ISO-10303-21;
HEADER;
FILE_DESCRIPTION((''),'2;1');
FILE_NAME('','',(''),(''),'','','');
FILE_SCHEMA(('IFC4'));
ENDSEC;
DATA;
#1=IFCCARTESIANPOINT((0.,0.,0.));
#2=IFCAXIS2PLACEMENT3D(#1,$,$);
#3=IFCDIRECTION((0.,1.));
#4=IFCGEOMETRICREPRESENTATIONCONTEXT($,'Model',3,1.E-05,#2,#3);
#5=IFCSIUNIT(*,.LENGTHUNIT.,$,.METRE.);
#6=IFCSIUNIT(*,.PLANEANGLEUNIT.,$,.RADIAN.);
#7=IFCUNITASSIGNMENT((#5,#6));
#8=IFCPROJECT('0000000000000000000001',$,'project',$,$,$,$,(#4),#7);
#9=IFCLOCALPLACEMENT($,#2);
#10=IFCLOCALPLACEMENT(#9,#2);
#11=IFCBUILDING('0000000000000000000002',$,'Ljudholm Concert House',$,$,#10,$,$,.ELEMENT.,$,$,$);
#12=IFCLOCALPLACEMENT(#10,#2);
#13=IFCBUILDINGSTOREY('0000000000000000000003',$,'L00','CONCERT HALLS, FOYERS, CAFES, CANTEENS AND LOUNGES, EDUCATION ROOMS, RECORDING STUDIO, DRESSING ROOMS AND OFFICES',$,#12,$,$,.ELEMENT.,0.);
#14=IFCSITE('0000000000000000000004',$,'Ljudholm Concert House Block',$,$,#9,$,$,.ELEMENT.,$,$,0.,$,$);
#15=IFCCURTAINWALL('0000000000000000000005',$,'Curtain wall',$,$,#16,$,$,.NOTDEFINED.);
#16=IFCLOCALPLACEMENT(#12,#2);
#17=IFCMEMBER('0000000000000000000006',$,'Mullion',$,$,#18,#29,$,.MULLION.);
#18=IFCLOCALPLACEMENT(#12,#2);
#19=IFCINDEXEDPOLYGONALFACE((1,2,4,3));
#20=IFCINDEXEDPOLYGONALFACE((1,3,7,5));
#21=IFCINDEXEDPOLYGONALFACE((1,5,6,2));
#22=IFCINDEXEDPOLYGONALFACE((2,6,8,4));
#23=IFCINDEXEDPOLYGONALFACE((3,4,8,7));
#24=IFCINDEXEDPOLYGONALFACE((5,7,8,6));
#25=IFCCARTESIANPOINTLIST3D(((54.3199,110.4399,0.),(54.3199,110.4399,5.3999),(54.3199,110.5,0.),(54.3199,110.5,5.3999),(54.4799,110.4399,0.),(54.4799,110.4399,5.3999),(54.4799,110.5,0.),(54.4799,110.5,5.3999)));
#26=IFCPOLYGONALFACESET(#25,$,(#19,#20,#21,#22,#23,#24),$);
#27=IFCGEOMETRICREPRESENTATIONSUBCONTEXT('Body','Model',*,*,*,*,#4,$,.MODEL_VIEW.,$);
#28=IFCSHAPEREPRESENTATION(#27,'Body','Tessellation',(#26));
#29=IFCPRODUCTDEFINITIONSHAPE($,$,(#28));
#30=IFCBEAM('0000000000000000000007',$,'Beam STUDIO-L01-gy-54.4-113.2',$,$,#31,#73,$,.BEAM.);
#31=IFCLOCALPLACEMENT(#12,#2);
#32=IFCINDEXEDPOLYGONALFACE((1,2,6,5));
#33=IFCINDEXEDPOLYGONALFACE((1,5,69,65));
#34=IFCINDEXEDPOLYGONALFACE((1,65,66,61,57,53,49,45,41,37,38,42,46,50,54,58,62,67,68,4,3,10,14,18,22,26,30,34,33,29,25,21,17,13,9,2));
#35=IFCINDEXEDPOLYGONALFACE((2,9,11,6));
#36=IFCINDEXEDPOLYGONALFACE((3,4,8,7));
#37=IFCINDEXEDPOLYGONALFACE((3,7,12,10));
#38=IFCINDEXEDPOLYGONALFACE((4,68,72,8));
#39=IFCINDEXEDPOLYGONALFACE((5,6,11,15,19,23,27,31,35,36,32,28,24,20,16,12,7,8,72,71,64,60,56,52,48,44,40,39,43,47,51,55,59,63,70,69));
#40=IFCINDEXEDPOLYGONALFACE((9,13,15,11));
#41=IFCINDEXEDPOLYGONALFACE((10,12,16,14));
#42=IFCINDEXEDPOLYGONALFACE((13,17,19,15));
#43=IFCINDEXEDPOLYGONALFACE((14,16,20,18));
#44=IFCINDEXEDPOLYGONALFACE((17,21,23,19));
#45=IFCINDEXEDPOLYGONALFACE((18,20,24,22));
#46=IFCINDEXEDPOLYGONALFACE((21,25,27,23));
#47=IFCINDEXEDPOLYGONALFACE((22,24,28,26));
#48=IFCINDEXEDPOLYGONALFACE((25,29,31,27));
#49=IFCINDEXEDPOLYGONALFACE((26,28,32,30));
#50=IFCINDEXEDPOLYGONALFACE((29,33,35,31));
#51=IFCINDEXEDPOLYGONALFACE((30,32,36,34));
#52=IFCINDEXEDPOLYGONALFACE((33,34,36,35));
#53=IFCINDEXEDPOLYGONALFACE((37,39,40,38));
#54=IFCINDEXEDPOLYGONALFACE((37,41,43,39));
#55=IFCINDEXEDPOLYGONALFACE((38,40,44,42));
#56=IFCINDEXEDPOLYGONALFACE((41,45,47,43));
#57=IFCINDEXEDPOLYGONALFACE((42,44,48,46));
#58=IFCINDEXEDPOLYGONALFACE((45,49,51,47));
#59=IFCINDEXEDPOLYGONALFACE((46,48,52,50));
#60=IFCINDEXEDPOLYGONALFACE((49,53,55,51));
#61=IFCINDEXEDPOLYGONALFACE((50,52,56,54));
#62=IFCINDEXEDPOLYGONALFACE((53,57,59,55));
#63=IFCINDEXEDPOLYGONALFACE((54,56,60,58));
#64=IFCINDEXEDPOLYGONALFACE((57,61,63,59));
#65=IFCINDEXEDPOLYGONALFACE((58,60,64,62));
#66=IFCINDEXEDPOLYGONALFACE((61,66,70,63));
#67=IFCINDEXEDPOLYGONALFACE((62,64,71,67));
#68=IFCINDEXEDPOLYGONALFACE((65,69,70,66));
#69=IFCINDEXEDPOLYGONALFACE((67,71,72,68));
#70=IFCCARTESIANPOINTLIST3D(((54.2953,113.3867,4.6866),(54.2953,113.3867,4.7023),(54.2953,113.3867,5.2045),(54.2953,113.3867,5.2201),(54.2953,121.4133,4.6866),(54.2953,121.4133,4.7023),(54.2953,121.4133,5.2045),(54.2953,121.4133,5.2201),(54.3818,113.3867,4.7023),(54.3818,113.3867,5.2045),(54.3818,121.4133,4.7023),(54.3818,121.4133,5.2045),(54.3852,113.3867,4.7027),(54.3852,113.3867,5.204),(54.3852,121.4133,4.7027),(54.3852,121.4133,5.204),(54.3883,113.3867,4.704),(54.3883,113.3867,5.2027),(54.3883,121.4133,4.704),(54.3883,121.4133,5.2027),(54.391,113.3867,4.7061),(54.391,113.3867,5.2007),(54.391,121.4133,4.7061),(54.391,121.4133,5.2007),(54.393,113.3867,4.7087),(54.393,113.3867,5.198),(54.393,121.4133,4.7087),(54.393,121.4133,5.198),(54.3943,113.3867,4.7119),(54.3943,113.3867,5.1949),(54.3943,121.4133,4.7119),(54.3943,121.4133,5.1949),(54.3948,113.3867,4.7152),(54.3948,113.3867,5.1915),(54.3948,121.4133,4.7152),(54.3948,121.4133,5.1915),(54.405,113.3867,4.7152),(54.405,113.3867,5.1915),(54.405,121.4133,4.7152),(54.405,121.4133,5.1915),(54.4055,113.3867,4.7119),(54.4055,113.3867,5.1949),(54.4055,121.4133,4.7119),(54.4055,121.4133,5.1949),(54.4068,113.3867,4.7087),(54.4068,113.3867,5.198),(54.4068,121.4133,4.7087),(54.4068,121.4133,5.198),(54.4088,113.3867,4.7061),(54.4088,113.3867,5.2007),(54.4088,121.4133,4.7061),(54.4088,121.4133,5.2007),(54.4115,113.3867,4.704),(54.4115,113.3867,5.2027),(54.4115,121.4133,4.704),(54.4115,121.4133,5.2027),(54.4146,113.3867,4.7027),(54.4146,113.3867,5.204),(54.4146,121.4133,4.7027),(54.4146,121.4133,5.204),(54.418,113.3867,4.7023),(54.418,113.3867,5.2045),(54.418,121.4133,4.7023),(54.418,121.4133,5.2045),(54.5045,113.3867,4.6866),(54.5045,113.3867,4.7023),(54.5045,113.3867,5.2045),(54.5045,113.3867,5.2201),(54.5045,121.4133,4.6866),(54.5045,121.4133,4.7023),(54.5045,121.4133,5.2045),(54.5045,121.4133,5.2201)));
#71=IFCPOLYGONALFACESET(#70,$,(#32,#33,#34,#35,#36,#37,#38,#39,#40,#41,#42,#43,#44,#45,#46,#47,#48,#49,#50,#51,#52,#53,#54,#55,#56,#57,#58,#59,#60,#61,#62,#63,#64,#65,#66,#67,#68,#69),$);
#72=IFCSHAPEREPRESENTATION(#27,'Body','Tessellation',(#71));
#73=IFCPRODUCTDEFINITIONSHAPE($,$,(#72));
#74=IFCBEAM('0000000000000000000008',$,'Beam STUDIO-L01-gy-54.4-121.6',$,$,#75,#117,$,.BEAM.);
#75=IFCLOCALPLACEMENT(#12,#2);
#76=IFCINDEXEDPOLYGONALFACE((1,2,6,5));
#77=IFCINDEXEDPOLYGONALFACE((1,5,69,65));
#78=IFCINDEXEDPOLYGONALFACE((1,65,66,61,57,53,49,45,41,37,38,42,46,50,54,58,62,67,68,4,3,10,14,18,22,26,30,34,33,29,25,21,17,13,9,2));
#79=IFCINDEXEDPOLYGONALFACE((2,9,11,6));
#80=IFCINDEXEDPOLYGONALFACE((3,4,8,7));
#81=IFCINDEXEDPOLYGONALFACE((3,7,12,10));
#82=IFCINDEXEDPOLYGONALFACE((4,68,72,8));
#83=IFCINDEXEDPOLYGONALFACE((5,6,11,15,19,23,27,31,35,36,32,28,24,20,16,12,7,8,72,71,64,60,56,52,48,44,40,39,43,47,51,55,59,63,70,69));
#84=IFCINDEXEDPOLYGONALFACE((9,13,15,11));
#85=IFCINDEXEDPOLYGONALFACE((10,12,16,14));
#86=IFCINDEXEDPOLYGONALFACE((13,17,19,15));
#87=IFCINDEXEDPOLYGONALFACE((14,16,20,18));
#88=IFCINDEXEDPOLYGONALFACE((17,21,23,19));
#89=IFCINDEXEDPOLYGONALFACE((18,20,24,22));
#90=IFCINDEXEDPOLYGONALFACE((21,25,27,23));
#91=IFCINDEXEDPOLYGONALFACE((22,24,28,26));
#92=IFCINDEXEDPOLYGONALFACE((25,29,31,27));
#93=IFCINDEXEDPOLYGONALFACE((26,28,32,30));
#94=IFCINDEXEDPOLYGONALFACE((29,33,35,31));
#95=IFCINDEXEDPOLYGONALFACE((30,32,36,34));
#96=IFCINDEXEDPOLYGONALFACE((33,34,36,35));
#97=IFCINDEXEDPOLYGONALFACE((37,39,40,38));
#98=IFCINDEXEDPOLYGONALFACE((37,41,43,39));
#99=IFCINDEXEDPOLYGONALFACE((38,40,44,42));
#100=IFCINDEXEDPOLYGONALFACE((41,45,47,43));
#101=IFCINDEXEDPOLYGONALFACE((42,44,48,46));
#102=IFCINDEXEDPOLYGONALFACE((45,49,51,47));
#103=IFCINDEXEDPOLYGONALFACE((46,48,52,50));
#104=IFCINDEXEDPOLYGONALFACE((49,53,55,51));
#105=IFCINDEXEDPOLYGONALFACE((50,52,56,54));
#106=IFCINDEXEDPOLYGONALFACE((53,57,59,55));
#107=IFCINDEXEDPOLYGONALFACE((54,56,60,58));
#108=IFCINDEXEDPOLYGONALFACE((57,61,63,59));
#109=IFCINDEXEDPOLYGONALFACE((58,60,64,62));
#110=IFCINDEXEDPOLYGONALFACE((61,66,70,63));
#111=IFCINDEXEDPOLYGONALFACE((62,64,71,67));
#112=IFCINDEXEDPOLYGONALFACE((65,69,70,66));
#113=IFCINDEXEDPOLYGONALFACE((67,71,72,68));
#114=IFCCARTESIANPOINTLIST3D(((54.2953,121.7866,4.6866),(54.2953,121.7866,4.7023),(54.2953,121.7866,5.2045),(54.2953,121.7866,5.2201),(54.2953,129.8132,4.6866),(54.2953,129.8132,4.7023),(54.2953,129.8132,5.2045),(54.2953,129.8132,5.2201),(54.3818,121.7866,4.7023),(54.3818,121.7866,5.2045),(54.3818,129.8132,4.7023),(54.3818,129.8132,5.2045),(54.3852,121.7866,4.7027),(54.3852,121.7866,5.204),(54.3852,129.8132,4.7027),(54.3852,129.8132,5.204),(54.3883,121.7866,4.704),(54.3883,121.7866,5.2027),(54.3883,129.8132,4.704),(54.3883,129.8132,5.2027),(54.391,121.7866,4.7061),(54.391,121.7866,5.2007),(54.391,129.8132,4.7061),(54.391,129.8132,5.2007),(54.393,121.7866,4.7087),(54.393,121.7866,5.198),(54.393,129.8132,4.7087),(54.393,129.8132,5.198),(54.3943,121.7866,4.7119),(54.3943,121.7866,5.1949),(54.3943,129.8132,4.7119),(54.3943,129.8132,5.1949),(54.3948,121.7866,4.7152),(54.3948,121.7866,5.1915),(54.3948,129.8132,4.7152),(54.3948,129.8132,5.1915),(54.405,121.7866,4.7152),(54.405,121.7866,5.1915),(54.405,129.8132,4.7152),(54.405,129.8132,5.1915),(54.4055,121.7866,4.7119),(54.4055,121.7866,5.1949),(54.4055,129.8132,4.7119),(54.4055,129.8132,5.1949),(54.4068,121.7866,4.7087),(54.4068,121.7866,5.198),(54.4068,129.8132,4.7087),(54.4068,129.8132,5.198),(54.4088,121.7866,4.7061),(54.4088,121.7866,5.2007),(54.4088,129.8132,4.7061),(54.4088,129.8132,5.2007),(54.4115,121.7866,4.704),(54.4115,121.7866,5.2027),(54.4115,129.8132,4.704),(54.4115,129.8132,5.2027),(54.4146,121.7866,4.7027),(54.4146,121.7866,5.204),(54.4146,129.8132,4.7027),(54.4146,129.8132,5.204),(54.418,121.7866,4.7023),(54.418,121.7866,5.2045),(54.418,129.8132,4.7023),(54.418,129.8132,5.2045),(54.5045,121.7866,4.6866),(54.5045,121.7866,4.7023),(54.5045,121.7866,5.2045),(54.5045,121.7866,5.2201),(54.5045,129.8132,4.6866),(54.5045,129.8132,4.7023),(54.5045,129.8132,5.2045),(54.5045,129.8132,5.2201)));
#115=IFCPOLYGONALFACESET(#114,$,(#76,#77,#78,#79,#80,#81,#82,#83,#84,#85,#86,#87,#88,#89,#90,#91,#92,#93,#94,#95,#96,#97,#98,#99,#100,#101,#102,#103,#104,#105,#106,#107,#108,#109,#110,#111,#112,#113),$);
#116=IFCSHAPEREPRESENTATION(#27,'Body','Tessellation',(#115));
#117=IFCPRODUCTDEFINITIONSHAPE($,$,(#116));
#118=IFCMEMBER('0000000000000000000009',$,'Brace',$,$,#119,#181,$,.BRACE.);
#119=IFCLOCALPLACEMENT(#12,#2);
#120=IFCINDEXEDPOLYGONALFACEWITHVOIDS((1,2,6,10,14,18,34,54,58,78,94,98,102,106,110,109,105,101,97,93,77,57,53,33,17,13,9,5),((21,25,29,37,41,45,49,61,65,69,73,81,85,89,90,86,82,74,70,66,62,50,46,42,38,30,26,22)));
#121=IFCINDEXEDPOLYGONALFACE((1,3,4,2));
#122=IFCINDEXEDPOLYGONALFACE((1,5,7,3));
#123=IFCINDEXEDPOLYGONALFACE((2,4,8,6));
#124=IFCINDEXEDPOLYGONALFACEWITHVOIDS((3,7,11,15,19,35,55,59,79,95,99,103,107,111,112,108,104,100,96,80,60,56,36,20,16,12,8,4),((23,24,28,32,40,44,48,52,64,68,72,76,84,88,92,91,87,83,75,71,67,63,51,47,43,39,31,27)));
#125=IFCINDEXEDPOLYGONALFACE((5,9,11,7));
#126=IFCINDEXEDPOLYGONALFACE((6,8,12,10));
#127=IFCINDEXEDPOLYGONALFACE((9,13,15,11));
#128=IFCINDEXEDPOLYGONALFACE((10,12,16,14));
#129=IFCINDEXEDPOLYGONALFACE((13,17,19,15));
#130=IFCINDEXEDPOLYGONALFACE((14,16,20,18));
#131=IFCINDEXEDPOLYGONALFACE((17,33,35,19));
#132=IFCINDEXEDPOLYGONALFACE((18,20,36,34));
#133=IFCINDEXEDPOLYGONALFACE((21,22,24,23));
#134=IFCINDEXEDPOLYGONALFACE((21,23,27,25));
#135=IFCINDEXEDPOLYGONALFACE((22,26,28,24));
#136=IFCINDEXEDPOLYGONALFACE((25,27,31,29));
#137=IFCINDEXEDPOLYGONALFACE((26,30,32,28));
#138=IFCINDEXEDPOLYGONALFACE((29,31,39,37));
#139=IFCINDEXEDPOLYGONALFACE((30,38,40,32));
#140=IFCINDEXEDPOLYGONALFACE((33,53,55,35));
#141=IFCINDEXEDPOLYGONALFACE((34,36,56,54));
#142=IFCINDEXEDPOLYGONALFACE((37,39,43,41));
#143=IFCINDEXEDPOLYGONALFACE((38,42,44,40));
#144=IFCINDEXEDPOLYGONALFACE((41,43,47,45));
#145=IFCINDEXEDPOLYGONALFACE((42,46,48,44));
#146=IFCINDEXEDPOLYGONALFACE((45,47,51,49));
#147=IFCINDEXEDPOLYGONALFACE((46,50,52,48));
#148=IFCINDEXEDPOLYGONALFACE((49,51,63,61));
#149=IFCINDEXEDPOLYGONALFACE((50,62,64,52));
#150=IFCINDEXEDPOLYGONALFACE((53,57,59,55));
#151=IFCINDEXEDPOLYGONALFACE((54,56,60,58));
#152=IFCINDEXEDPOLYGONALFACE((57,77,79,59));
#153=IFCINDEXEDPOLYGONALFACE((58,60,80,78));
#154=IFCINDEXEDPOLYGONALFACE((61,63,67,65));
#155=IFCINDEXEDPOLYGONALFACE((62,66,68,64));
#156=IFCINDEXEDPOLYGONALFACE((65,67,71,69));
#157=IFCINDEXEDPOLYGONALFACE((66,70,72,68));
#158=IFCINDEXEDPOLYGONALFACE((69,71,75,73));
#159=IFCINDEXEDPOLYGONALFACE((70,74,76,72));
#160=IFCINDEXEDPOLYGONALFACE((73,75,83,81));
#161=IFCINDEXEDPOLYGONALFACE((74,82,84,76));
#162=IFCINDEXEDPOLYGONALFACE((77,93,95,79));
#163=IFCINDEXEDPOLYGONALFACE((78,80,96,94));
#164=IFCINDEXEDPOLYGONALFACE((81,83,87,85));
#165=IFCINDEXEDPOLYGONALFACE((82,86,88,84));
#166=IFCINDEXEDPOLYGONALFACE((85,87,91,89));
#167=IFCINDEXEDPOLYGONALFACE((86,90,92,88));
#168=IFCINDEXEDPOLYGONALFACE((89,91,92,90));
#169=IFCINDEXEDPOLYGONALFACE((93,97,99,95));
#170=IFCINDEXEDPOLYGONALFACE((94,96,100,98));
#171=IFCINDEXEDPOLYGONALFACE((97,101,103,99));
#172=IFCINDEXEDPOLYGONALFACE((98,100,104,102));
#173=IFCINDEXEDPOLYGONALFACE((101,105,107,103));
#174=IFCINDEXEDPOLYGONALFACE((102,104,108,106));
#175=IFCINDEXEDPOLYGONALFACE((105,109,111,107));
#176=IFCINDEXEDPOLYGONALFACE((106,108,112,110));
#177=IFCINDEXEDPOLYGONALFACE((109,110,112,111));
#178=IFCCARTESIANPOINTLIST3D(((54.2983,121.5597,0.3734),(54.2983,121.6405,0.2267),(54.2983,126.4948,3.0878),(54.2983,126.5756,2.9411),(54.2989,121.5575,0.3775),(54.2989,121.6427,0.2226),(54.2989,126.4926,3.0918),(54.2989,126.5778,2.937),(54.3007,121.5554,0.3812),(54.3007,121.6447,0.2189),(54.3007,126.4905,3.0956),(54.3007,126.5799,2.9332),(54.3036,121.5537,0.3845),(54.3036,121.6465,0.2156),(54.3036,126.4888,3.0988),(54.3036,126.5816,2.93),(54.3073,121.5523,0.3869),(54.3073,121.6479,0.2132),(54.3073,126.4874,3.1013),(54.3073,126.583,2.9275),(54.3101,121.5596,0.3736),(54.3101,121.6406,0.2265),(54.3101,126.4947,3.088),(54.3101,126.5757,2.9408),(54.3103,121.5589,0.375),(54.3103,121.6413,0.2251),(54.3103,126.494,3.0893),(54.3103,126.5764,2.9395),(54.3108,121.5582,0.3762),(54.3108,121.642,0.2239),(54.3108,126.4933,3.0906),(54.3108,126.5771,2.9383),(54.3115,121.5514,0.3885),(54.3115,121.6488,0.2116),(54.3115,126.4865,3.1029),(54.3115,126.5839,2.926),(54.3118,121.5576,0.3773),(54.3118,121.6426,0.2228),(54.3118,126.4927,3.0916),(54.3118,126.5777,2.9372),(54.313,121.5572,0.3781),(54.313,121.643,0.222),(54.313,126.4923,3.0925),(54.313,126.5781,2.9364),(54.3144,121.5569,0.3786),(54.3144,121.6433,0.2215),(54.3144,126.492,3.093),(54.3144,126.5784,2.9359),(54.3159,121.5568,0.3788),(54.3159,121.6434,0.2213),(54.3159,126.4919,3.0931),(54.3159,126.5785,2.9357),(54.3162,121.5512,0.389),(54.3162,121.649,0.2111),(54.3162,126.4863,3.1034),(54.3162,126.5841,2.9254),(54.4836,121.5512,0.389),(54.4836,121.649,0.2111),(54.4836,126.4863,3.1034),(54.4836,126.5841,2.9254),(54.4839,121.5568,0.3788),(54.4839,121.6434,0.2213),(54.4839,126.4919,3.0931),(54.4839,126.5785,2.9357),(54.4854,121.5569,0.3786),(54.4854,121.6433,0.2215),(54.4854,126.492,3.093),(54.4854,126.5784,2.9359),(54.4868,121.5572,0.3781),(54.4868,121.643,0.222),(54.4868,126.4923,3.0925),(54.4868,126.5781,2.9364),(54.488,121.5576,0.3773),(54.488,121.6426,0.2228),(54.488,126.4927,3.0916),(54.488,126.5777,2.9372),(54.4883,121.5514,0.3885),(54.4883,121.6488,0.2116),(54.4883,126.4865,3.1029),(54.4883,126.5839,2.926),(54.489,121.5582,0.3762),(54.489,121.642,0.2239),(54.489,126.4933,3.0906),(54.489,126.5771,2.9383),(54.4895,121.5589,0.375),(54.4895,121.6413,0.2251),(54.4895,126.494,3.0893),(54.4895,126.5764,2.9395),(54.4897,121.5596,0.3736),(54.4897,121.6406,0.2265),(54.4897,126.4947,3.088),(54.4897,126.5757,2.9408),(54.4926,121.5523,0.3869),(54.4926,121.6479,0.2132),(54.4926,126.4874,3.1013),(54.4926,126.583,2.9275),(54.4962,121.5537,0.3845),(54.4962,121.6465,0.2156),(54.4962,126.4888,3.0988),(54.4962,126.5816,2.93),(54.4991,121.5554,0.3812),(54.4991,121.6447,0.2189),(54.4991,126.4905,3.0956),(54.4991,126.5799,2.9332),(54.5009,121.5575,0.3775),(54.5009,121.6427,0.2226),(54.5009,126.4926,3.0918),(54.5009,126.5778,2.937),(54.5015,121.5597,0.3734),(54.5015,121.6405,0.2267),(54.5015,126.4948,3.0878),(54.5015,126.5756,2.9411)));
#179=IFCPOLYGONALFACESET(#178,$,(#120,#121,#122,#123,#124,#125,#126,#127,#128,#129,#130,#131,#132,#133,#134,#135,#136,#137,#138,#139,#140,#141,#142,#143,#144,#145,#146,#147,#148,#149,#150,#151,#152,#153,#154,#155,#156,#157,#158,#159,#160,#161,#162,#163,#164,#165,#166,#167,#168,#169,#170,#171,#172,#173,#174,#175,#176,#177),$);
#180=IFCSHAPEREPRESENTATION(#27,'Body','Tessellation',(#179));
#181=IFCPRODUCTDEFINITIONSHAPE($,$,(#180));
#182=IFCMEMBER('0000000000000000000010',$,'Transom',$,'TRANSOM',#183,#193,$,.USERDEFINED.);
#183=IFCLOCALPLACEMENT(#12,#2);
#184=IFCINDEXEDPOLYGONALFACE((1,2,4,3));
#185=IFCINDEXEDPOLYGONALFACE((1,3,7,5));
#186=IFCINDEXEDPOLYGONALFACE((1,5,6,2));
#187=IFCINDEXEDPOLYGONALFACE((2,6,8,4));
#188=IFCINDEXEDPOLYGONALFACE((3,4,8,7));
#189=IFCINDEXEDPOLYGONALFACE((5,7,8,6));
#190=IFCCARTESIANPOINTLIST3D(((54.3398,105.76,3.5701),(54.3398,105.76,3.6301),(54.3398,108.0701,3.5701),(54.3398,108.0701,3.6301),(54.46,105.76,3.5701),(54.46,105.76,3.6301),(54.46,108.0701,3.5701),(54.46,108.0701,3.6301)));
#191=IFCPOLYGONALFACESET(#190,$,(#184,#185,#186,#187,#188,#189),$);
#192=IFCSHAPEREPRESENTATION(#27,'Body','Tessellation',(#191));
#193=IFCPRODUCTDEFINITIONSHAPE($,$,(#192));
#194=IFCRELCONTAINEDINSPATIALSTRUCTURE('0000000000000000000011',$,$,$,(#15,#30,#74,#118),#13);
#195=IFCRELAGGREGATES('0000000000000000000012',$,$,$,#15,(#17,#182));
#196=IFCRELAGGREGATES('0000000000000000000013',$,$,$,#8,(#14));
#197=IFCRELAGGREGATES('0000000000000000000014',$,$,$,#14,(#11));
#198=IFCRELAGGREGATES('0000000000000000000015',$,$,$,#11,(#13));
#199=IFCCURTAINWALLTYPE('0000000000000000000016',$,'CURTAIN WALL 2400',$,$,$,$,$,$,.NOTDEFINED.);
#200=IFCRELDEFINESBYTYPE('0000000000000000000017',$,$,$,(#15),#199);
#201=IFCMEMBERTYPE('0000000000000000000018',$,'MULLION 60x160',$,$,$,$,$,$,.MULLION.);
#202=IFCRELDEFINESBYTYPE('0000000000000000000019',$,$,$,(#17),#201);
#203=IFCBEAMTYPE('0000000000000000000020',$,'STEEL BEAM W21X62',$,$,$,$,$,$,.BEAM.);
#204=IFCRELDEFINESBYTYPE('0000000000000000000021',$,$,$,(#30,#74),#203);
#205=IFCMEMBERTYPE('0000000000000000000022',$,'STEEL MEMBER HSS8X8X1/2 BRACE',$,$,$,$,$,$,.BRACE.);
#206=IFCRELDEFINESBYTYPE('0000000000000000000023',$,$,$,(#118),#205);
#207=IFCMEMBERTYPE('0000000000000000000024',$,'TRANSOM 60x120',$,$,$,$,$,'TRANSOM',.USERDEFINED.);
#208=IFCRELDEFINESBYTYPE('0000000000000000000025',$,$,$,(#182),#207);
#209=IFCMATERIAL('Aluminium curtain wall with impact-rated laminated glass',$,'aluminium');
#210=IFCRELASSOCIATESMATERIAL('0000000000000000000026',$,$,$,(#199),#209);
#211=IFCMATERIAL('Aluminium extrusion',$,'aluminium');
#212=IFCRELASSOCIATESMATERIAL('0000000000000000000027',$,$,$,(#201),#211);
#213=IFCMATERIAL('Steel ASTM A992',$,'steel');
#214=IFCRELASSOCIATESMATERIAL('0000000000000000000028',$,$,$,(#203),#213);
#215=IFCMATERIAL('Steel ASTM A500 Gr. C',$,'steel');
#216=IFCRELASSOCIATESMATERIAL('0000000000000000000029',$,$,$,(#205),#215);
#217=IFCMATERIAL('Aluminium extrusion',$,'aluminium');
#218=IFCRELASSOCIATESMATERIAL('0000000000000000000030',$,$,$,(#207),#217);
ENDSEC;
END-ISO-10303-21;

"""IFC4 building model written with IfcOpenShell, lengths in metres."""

from ifc_helpers import new_model, si_unit, direction, frame, origin, origin_2d, place, context, subcontext, project, spatial, rectangle, hollow_rectangle, i_section, extrude, material, material_profile, profile_set, type_object, element, aggregate, save


model = new_model("IFC4")

# Units and contexts
model_context = context("Model", 3, precision=1e-05, world=origin(), true_north=direction((0.0, 1.0)))
body_context = subcontext(model_context, "Body", "Model", "MODEL_VIEW")
ifc_project = project(units=[si_unit("LENGTHUNIT", "METRE"), si_unit("PLANEANGLEUNIT", "RADIAN")], contexts=[model_context])

# Site, building, storey
site_placement = place(None, origin())
site = spatial("IfcSite", under=ifc_project, at=site_placement, Name="Ljudholm Concert House Block", CompositionType="ELEMENT", RefElevation=0.0)
building_placement = place(site_placement, origin())
building = spatial("IfcBuilding", under=site, at=building_placement, Name="Ljudholm Concert House", CompositionType="ELEMENT")
storey_placement = place(building_placement, origin())
storey = spatial("IfcBuildingStorey", under=building, at=storey_placement, Name="L00", Description="CONCERT HALLS, FOYERS, CAFES, CANTEENS AND LOUNGES, EDUCATION ROOMS, RECORDING STUDIO, DRESSING ROOMS AND OFFICES", CompositionType="ELEMENT", Elevation=0.0)

# Curtain wall, member
ifc_material_1 = material(Name="Aluminium curtain wall with impact-rated laminated glass", Category="aluminium")
curtain_wall_type = type_object("IfcCurtainWallType", Name="CURTAIN WALL 2400", PredefinedType="NOTDEFINED", material=ifc_material_1)
curtain_wall_placement = place(storey_placement, origin())
curtain_wall = element("IfcCurtainWall", 1, at=curtain_wall_placement, inside=storey, type_object=curtain_wall_type, Name="Curtain wall", PredefinedType="NOTDEFINED")
ifc_material_2 = material(Name="Aluminium extrusion", Category="aluminium")
ifc_material_profile_1 = material_profile(ifc_material_2, rectangle(XDim=0.1599, YDim=0.0601, at=origin_2d()), Name="MULLION 60x160")
ifc_profile_set_1 = profile_set([ifc_material_profile_1], Name="Aluminium extrusion")
member_type_1 = type_object("IfcMemberType", Name="MULLION 60x160", PredefinedType="MULLION", material=ifc_profile_set_1)
member_1_placement = place(storey_placement, frame((54.3999, 110.47, 0.0), z_axis=(0.0, 0.0, 1.0), x_axis=(-1.0, 0.0, 0.0)))
member_1 = element("IfcMember", 2, at=member_1_placement, type_object=member_type_1, Name="Mullion", PredefinedType="MULLION", context=body_context, shape_type="SweptSolid", body=[
    extrude(rectangle(XDim=0.1599, YDim=0.0601, at=origin_2d()), origin(), (0.0, 0.0, 1.0), 5.3999),
])

# Beams
ifc_material_3 = material(Name="Steel ASTM A992", Category="steel")
ifc_material_profile_2 = material_profile(ifc_material_3, i_section(OverallWidth=0.2092, OverallDepth=0.5334, WebThickness=0.0103, FlangeThickness=0.0156, FilletRadius=0.0129, at=origin_2d()), Name="W21X62")
ifc_profile_set_2 = profile_set([ifc_material_profile_2], Name="Steel ASTM A992")
beam_type = type_object("IfcBeamType", Name="STEEL BEAM W21X62", PredefinedType="BEAM", material=ifc_profile_set_2)
for number, where, z_axis, x_axis, name in (
    (3, (54.3999, 113.3867, 4.9534), (0.0, 1.0, 0.0), (-1.0, 0.0, 0.0), "Beam STUDIO-L01-gy-54.4-113.2"),
    (4, (54.3999, 121.7866, 4.9534), (0.0, 1.0, 0.0), (-1.0, 0.0, 0.0), "Beam STUDIO-L01-gy-54.4-121.6"),
):
    element("IfcBeam", number, at=place(storey_placement, frame(where, z_axis=z_axis, x_axis=x_axis)), inside=storey, type_object=beam_type, Name=name, PredefinedType="BEAM", context=body_context, shape_type="SweptSolid", body=[
        extrude(i_section(OverallWidth=0.2092, OverallDepth=0.5334, WebThickness=0.0103, FlangeThickness=0.0156, FilletRadius=0.0129, at=origin_2d()), origin(), (0.0, 0.0, 1.0), 8.0266),
    ])

# Members
ifc_material_4 = material(Name="Steel ASTM A500 Gr. C", Category="steel")
ifc_material_profile_3 = material_profile(ifc_material_4, hollow_rectangle(XDim=0.2031, YDim=0.2031, WallThickness=0.0117, InnerFilletRadius=0.0059, OuterFilletRadius=0.0178, at=origin_2d()), Name="HSS8X8X1/2")
ifc_profile_set_3 = profile_set([ifc_material_profile_3], Name="Steel ASTM A500 Gr. C")
member_type_2 = type_object("IfcMemberType", Name="STEEL MEMBER HSS8X8X1/2 BRACE", PredefinedType="BRACE", material=ifc_profile_set_3)
member_2_placement = place(storey_placement, frame((54.3999, 121.6001, 0.3), z_axis=(0.0, 0.87621, 0.481929), x_axis=(-1.0, 0.0, 0.0)))
element("IfcMember", 5, at=member_2_placement, inside=storey, type_object=member_type_2, Name="Brace", PredefinedType="BRACE", context=body_context, shape_type="SweptSolid", body=[
    extrude(hollow_rectangle(XDim=0.2031, YDim=0.2031, WallThickness=0.0117, InnerFilletRadius=0.0059, OuterFilletRadius=0.0178, at=origin_2d()), origin(), (0.0, 0.0, 1.0), 5.6323),
])
ifc_material_5 = material(Name="Aluminium extrusion", Category="aluminium")
ifc_material_profile_4 = material_profile(ifc_material_5, rectangle(XDim=0.1201, YDim=0.0601, at=origin_2d()), Name="TRANSOM 60x120")
ifc_profile_set_4 = profile_set([ifc_material_profile_4], Name="Aluminium extrusion")
member_type_3 = type_object("IfcMemberType", Name="TRANSOM 60x120", ElementType="TRANSOM", PredefinedType="USERDEFINED", material=ifc_profile_set_4)
member_3_placement = place(storey_placement, frame((54.3999, 105.76, 3.6001), z_axis=(0.0, 1.0, 0.0), x_axis=(-1.0, 0.0, 0.0)))
member_3 = element("IfcMember", 6, at=member_3_placement, type_object=member_type_3, Name="Transom", ObjectType="TRANSOM", PredefinedType="USERDEFINED", context=body_context, shape_type="SweptSolid", body=[
    extrude(rectangle(XDim=0.1201, YDim=0.0601, at=origin_2d()), origin(), (0.0, 0.0, 1.0), 2.3101),
])

aggregate(curtain_wall, [member_1, member_3])

save(model, "model.ifc")
